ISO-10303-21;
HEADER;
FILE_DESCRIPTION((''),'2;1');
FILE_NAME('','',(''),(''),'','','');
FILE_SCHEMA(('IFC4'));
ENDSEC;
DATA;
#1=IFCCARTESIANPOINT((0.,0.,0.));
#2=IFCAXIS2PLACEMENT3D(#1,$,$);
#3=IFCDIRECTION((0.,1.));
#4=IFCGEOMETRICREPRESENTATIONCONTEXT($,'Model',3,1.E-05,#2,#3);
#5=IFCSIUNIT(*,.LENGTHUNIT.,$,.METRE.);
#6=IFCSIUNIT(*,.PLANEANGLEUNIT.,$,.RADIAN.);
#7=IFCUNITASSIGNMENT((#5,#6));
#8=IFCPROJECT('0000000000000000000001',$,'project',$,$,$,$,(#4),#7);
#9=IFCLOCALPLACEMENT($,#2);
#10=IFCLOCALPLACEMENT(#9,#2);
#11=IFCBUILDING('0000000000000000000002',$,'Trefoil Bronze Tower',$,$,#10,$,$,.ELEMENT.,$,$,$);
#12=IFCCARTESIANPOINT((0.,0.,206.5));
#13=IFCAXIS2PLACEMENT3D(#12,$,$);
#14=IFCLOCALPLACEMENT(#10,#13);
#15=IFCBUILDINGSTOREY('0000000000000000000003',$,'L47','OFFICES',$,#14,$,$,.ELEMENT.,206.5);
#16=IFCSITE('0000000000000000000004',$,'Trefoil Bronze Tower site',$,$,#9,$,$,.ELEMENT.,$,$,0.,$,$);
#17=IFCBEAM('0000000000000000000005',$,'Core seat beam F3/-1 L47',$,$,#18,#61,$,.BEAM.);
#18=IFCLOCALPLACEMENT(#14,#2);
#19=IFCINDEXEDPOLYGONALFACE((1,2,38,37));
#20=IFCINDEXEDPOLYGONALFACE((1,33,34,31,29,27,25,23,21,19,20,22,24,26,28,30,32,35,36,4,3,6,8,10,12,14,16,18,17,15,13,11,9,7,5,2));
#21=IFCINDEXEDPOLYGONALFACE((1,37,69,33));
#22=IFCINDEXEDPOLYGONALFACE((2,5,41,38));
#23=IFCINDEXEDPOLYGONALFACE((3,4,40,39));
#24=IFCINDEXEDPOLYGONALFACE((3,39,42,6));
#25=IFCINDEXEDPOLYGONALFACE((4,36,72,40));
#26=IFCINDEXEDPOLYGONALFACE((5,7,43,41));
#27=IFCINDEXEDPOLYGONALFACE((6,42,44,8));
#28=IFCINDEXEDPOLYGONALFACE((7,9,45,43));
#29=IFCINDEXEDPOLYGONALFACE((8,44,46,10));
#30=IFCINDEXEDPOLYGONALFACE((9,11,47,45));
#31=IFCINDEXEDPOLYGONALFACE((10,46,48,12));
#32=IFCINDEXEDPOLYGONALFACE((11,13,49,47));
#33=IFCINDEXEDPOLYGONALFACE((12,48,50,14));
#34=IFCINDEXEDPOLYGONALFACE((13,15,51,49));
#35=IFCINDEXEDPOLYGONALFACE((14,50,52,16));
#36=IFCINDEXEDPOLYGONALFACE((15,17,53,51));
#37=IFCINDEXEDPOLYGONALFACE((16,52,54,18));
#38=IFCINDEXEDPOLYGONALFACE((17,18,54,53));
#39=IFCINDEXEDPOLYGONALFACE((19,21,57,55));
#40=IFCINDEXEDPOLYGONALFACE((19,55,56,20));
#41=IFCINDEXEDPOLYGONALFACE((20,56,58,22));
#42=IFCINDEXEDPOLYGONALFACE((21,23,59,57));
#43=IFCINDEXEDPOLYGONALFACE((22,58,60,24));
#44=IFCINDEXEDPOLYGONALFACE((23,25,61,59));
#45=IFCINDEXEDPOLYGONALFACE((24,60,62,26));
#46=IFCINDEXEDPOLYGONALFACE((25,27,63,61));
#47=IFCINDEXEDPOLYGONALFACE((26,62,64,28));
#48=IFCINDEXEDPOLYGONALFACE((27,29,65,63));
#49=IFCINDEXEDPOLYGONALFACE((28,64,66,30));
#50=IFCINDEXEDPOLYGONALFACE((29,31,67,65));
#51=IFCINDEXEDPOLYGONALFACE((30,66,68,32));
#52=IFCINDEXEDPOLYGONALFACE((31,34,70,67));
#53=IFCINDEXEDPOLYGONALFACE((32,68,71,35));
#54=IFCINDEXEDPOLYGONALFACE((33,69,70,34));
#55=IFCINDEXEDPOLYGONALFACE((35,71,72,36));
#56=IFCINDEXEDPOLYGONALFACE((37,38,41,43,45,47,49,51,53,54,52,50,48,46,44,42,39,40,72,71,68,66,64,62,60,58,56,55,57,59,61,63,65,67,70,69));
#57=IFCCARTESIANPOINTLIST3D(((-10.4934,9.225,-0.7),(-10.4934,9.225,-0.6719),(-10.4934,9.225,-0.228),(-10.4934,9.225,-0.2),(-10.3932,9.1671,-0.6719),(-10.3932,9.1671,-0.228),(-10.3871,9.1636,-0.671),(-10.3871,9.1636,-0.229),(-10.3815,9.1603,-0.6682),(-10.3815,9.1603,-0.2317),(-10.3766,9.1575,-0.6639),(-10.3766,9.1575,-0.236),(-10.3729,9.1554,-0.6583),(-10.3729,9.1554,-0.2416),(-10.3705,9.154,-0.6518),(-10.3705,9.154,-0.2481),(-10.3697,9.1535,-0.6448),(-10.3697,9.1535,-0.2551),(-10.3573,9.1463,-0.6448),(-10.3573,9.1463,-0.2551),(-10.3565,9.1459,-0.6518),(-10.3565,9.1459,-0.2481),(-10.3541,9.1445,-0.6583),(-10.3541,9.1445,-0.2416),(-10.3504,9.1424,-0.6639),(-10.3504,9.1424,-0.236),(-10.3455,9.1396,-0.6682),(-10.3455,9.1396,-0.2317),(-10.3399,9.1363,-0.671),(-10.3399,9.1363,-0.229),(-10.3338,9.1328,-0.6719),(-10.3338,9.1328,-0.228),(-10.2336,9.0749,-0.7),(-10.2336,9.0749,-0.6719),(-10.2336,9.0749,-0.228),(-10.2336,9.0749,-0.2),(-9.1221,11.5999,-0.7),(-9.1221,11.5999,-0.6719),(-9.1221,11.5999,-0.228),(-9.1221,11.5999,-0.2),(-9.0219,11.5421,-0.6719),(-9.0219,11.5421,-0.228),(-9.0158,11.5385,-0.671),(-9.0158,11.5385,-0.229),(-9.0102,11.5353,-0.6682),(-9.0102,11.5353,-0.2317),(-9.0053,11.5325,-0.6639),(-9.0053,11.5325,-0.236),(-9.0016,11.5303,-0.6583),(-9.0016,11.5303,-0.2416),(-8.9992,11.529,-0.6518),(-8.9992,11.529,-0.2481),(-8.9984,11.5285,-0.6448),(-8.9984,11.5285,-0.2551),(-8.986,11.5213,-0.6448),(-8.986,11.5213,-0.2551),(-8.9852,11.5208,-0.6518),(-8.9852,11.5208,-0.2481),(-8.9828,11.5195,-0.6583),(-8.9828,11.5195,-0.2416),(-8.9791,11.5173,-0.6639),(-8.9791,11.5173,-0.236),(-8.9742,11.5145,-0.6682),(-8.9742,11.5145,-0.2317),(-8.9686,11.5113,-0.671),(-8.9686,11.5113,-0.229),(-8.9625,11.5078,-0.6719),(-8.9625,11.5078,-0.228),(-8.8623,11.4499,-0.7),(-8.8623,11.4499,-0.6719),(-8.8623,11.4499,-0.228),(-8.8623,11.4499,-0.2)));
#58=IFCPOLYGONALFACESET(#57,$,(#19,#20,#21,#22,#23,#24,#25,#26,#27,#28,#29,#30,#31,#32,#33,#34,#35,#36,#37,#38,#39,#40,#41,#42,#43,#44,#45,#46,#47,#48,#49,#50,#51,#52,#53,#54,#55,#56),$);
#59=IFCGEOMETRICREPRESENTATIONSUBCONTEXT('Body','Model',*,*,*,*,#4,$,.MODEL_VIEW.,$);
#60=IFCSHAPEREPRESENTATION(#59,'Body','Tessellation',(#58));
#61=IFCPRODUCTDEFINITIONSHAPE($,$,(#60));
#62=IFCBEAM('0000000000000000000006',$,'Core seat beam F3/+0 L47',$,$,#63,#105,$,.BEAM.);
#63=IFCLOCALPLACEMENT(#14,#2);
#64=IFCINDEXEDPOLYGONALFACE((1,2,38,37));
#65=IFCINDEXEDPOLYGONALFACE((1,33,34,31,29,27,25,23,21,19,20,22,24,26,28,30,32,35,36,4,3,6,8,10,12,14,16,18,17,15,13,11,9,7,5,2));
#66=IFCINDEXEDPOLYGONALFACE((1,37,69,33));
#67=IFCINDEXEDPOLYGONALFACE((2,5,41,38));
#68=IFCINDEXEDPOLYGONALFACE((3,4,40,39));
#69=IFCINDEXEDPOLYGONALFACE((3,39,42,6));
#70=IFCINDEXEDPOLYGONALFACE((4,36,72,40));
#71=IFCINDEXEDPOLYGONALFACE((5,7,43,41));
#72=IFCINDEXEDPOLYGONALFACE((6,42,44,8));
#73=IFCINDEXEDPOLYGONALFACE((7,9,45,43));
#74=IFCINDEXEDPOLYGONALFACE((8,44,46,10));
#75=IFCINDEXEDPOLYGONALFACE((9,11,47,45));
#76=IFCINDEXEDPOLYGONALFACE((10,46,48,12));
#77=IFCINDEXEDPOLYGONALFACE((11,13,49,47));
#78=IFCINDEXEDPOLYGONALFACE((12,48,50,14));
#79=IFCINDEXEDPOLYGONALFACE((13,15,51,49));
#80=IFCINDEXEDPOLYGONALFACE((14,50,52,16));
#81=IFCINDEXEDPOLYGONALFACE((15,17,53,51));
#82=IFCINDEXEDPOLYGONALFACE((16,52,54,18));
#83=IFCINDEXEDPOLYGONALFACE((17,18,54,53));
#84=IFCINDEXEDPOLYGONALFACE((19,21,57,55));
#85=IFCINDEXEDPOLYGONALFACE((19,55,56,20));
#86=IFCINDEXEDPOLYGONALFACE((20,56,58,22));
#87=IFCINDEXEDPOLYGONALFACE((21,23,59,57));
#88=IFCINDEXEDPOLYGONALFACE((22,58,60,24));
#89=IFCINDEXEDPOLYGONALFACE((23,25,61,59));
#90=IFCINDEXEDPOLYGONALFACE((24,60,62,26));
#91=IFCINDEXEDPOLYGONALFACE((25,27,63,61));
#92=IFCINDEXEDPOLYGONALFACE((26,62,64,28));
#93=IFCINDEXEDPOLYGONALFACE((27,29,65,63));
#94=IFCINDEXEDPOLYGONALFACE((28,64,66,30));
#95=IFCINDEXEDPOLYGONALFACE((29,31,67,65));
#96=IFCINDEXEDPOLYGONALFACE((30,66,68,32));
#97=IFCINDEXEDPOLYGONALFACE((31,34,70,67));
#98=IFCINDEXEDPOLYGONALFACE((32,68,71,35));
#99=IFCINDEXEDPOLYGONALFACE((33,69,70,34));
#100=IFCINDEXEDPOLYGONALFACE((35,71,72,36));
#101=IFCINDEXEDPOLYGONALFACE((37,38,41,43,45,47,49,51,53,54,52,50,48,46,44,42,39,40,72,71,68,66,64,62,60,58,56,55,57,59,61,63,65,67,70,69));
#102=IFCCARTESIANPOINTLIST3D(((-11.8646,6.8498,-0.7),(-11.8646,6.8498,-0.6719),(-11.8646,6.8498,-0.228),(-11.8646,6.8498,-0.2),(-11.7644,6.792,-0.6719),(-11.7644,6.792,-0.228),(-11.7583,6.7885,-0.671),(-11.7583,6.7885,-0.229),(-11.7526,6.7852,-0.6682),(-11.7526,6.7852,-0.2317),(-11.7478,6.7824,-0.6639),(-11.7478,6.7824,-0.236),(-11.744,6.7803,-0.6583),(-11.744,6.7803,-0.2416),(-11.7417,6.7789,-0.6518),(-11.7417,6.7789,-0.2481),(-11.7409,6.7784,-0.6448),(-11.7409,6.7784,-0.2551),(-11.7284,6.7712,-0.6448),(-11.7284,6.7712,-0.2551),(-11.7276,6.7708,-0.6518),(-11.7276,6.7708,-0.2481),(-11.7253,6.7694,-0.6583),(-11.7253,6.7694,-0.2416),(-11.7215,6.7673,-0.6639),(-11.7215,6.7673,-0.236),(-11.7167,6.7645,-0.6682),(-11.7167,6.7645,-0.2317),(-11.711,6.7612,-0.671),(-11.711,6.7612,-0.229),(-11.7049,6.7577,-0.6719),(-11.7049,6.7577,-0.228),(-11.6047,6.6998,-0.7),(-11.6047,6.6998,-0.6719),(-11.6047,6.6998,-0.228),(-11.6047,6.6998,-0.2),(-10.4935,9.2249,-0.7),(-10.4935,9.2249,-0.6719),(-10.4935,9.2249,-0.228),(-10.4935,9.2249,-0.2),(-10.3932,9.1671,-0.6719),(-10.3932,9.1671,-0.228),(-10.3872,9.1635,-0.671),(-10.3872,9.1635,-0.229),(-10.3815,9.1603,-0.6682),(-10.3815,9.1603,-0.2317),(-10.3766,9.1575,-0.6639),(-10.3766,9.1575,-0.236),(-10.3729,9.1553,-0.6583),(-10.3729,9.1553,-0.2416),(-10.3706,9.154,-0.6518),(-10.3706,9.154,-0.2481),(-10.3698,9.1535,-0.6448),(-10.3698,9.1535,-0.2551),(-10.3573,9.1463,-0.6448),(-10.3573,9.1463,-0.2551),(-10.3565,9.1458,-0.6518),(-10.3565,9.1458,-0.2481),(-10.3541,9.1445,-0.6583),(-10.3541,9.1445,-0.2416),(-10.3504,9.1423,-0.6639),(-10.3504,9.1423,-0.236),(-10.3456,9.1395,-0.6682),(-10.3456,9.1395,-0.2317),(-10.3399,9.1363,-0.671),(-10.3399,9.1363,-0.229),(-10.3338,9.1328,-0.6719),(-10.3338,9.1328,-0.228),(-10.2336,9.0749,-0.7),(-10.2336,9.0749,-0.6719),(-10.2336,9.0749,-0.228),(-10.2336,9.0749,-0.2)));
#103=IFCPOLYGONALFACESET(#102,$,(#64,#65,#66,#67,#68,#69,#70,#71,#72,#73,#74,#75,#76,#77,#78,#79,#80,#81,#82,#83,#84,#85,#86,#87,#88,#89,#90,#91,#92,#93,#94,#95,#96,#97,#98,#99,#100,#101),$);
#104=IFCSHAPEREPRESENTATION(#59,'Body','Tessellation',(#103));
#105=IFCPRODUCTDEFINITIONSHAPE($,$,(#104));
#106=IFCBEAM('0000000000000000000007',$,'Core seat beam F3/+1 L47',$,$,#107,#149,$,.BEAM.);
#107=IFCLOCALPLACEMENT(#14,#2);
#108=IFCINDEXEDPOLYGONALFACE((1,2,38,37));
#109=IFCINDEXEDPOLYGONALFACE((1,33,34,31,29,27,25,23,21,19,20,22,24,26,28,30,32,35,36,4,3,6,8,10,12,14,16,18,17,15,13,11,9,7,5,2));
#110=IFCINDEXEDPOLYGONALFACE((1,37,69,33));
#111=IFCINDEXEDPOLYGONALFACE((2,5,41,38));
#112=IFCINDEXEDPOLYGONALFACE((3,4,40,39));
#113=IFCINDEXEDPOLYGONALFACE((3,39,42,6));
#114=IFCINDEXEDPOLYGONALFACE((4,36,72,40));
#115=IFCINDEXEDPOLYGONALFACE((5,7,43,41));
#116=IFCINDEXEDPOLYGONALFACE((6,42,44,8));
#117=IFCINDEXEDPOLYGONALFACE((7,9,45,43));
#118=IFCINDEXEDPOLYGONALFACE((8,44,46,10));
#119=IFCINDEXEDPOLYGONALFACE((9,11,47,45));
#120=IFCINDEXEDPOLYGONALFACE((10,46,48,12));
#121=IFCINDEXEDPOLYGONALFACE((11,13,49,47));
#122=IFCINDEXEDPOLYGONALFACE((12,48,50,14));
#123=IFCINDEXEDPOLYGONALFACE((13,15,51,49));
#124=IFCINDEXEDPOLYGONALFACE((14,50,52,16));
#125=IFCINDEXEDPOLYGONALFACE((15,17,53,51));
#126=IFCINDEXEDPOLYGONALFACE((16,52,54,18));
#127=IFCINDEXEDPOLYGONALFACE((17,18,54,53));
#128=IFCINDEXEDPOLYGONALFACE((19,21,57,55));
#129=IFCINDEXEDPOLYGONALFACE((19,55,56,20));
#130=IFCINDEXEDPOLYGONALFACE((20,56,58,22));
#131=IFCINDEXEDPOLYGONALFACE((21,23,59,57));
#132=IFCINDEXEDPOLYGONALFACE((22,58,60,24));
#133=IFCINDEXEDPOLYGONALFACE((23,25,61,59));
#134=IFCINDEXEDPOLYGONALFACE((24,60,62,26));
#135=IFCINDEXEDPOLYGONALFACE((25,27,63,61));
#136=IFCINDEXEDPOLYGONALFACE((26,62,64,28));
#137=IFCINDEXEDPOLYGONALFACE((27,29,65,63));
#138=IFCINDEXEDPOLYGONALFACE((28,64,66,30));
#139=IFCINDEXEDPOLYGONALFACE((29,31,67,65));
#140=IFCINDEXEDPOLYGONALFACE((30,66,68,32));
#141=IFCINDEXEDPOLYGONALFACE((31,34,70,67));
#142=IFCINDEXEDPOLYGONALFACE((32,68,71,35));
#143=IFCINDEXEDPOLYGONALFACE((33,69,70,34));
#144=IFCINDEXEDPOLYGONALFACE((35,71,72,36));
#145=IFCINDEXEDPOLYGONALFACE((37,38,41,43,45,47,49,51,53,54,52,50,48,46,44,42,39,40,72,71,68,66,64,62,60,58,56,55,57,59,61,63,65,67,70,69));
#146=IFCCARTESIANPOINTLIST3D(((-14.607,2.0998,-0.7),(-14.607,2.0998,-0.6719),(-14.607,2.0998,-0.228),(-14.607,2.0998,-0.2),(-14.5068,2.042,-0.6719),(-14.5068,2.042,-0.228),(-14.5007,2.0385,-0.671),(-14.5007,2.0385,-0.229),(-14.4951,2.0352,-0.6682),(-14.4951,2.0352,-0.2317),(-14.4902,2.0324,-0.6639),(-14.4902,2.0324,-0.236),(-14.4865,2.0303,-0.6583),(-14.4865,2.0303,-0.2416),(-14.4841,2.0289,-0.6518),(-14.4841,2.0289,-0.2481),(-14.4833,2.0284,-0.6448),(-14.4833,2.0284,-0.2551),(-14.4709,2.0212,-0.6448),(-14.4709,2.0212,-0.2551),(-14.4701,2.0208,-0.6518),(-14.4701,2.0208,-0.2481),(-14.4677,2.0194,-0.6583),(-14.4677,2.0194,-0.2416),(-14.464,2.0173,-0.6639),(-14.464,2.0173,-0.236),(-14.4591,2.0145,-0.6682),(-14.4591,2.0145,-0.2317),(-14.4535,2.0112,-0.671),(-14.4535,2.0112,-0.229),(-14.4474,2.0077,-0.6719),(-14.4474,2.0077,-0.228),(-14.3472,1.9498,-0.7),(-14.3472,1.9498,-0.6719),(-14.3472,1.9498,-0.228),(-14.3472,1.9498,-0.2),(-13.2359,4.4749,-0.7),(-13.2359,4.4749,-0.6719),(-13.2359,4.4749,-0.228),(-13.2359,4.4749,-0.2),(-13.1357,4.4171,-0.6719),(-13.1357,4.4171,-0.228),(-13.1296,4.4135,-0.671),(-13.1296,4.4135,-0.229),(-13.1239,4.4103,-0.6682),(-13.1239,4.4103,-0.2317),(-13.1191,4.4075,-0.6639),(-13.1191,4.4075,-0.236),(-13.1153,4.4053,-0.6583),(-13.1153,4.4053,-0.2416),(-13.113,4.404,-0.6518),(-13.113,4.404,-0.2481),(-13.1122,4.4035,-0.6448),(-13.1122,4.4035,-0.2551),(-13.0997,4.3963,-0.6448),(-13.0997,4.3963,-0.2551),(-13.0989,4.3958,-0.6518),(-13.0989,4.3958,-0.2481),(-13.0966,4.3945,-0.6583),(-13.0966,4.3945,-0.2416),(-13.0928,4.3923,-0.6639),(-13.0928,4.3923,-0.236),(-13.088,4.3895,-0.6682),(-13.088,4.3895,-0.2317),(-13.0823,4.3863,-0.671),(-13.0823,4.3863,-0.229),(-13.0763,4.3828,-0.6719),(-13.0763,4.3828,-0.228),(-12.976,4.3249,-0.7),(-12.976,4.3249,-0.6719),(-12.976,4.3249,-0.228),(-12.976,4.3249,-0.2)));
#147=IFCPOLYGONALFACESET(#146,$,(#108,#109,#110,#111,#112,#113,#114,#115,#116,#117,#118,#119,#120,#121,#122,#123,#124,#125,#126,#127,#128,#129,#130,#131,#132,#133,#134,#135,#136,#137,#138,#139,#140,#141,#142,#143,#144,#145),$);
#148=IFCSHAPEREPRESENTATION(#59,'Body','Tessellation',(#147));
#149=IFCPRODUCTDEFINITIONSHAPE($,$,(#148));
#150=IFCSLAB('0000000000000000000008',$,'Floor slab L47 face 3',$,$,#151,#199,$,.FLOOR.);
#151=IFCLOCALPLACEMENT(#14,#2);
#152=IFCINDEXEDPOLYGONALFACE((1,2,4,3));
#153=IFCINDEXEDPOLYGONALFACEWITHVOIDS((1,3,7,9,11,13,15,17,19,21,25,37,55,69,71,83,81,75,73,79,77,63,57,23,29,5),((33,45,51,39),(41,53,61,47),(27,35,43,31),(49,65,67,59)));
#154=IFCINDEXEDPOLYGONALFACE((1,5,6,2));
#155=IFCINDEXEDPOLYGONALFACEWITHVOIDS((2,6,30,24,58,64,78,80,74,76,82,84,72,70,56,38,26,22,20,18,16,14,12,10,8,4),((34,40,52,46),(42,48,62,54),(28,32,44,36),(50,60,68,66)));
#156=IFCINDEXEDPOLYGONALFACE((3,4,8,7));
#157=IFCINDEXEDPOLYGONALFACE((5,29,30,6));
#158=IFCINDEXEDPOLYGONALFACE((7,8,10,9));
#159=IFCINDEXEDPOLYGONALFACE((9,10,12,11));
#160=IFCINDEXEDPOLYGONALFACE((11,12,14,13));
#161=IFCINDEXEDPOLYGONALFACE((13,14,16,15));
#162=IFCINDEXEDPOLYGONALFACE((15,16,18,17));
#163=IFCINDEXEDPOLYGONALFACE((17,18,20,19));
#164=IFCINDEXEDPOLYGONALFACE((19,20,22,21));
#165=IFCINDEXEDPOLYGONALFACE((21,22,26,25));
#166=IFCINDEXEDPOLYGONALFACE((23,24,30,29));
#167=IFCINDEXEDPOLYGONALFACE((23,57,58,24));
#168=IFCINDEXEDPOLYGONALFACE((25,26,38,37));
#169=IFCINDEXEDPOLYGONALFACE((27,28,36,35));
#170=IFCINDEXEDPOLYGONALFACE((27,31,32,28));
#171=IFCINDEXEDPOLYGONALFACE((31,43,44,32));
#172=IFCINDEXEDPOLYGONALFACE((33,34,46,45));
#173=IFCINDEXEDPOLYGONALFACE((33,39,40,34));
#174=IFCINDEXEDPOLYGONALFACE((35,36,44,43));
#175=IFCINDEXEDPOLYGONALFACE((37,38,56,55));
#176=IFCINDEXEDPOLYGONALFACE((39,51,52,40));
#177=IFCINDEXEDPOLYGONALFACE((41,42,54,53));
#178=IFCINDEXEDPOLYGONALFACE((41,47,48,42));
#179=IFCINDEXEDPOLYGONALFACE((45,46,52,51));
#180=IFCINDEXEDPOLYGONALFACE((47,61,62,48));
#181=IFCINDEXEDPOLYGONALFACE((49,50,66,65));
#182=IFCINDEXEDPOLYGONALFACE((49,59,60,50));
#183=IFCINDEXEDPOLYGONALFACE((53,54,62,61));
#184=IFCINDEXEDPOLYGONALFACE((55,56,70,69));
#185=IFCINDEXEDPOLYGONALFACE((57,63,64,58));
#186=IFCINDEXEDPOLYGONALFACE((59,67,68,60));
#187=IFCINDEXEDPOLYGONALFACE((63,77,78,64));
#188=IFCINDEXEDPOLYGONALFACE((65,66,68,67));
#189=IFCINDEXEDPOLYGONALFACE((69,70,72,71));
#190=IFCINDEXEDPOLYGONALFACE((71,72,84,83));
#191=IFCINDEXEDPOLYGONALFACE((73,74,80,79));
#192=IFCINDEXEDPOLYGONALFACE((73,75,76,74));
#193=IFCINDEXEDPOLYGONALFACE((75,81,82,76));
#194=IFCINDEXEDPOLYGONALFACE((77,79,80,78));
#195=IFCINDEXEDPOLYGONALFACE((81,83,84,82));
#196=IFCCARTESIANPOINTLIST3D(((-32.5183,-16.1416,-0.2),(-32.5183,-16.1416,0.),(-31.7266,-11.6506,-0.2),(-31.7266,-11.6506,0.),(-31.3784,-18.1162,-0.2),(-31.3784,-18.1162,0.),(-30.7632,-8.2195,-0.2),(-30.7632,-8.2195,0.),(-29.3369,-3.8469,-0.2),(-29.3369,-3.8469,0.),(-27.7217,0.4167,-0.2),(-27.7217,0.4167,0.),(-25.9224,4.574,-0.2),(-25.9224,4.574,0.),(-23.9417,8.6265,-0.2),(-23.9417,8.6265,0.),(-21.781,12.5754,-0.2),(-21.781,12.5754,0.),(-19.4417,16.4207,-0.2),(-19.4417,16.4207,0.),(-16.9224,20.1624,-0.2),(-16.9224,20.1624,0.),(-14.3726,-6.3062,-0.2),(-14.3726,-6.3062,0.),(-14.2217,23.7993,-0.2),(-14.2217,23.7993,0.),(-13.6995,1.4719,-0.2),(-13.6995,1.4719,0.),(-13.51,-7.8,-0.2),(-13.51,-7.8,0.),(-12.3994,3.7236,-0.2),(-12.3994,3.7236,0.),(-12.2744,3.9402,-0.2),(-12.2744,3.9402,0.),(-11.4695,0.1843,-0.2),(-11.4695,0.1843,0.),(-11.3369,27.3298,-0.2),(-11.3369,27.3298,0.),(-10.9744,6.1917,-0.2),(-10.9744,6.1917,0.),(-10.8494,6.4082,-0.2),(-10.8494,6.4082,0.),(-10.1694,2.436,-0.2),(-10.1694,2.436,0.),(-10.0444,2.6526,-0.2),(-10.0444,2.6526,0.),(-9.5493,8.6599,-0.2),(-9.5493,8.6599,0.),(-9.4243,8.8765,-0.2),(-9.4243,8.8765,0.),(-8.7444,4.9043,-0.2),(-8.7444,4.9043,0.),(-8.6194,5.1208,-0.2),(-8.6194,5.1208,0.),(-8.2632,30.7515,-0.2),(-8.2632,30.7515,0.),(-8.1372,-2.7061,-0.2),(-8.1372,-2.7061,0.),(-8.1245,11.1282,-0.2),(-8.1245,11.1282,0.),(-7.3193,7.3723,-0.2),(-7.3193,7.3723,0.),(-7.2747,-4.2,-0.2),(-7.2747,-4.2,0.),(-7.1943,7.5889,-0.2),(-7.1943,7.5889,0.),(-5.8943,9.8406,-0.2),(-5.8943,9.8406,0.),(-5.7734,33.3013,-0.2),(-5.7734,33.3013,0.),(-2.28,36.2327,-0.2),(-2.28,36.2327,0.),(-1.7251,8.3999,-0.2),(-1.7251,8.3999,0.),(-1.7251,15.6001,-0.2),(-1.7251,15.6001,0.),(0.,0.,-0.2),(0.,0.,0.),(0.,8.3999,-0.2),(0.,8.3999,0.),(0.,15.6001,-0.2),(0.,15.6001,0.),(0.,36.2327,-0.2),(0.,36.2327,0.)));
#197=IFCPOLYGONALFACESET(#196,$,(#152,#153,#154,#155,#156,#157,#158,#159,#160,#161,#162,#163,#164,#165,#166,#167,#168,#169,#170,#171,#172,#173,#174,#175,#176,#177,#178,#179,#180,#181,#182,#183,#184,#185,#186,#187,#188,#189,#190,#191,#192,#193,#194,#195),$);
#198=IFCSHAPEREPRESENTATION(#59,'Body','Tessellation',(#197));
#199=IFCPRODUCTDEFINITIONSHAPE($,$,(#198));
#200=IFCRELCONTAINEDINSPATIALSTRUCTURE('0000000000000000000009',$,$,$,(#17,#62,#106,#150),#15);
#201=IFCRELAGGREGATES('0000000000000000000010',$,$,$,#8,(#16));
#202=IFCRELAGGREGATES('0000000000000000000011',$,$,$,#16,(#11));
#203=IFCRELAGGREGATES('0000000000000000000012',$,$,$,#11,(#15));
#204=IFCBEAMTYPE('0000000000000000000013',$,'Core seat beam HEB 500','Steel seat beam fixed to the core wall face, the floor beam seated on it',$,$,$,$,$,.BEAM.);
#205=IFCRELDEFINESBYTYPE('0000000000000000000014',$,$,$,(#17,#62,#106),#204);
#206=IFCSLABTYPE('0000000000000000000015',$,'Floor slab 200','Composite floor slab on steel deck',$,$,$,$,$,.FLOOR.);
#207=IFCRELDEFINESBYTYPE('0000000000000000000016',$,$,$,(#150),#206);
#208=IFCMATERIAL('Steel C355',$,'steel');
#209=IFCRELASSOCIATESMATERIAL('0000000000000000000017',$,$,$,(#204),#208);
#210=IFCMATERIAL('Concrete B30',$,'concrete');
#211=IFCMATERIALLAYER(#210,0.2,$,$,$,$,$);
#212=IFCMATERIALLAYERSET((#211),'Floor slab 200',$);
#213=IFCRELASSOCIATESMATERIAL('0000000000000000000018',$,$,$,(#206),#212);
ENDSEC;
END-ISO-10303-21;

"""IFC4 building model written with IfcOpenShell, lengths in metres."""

from ifc_helpers import new_model, si_unit, direction, frame, origin, origin_2d, place, context, subcontext, project, spatial, polyline, i_section, outline, extrude, material, layer, layer_set, material_profile, profile_set, type_object, element, save


model = new_model("IFC4")

# Units and contexts
model_context = context("Model", 3, precision=1e-05, world=origin(), true_north=direction((0.0, 1.0)))
body_context = subcontext(model_context, "Body", "Model", "MODEL_VIEW")
ifc_project = project(units=[si_unit("LENGTHUNIT", "METRE"), si_unit("PLANEANGLEUNIT", "RADIAN")], contexts=[model_context])

# Site, building, storey
site_placement = place(None, origin())
site = spatial("IfcSite", under=ifc_project, at=site_placement, Name="Trefoil Bronze Tower site", CompositionType="ELEMENT", RefElevation=0.0)
building_placement = place(site_placement, origin())
building = spatial("IfcBuilding", under=site, at=building_placement, Name="Trefoil Bronze Tower", CompositionType="ELEMENT")
storey_placement = place(building_placement, frame((0.0, 0.0, 206.5)))
storey = spatial("IfcBuildingStorey", under=building, at=storey_placement, Name="L47", Description="OFFICES", CompositionType="ELEMENT", Elevation=206.5)

# Beams
ifc_material_1 = material(Name="Steel C355", Category="steel")
ifc_material_profile = material_profile(ifc_material_1, i_section(OverallWidth=0.3, OverallDepth=0.5, WebThickness=0.0144, FlangeThickness=0.0281, FilletRadius=0.0271, at=origin_2d()), Name="HEB 500")
ifc_profile_set = profile_set([ifc_material_profile], Name="Steel C355")
beam_type = type_object("IfcBeamType", Name="Core seat beam HEB 500", Description="Steel seat beam fixed to the core wall face, the floor beam seated on it", PredefinedType="BEAM", material=ifc_profile_set)
for number, where, z_axis, x_axis, name in (
    (1, (-8.9922, 11.5249, -0.45), (-0.500036, -0.866005, 0.0), (0.866005, -0.500036, 0.0), "Core seat beam F3/-1 L47"),
    (2, (-10.3635, 9.1499, -0.45), (-0.499969, -0.866043, 0.0), (0.866043, -0.499969, 0.0), "Core seat beam F3/+0 L47"),
    (3, (-13.106, 4.3999, -0.45), (-0.499969, -0.866043, 0.0), (0.866043, -0.499969, 0.0), "Core seat beam F3/+1 L47"),
):
    element("IfcBeam", number, at=place(storey_placement, frame(where, z_axis=z_axis, x_axis=x_axis)), inside=storey, type_object=beam_type, Name=name, PredefinedType="BEAM", context=body_context, shape_type="SweptSolid", body=[
        extrude(i_section(OverallWidth=0.3, OverallDepth=0.5, WebThickness=0.0144, FlangeThickness=0.0281, FilletRadius=0.0271, at=origin_2d()), origin(), (0.0, 0.0, 1.0), 2.7424),
    ])

# Slab
ifc_material_2 = material(Name="Concrete B30", Category="concrete")
ifc_layer_1 = layer(ifc_material_2, 0.2)
ifc_layer_set_1 = layer_set([ifc_layer_1], Name="Floor slab 200")
slab_type = type_object("IfcSlabType", Name="Floor slab 200", Description="Composite floor slab on steel deck", PredefinedType="FLOOR", material=ifc_layer_set_1)
slab_placement = place(storey_placement, frame((0.0, 0.0, -0.2)))
element("IfcSlab", 4, at=slab_placement, inside=storey, type_object=slab_type, Name="Floor slab L47 face 3", PredefinedType="FLOOR", context=body_context, shape_type="SweptSolid", body=[
    extrude(outline(polyline([(-29.3369, -3.8469), (-27.7217, 0.4167), (-25.9224, 4.574), (-23.9417, 8.6265), (-21.781, 12.5754), (-19.4417, 16.4207), (-16.9224, 20.1624), (-14.2217, 23.7993), (-11.3369, 27.3298), (-8.2632, 30.7515), (-5.7734, 33.3013), (-2.28, 36.2327), (0.0, 36.2327), (0.0, 15.6001), (-1.7251, 15.6001), (-1.7251, 8.3999), (0.0, 8.3999), (0.0, 0.0), (-7.2747, -4.2), (-8.1372, -2.7061), (-14.3726, -6.3062), (-13.51, -7.8), (-31.3784, -18.1162), (-32.5183, -16.1416), (-31.7266, -11.6506), (-30.7632, -8.2195), (-29.3369, -3.8469)]), holes=[polyline([(-5.8943, 9.8406), (-7.1943, 7.5889), (-9.4243, 8.8765), (-8.1245, 11.1282), (-5.8943, 9.8406)]), polyline([(-7.3193, 7.3723), (-8.6194, 5.1208), (-10.8494, 6.4082), (-9.5493, 8.6599), (-7.3193, 7.3723)]), polyline([(-8.7444, 4.9043), (-10.0444, 2.6526), (-12.2744, 3.9402), (-10.9744, 6.1917), (-8.7444, 4.9043)]), polyline([(-10.1694, 2.436), (-11.4695, 0.1843), (-13.6995, 1.4719), (-12.3994, 3.7236), (-10.1694, 2.436)])]), origin(), (0.0, 0.0, 1.0), 0.2),
])

save(model, "model.ifc")
